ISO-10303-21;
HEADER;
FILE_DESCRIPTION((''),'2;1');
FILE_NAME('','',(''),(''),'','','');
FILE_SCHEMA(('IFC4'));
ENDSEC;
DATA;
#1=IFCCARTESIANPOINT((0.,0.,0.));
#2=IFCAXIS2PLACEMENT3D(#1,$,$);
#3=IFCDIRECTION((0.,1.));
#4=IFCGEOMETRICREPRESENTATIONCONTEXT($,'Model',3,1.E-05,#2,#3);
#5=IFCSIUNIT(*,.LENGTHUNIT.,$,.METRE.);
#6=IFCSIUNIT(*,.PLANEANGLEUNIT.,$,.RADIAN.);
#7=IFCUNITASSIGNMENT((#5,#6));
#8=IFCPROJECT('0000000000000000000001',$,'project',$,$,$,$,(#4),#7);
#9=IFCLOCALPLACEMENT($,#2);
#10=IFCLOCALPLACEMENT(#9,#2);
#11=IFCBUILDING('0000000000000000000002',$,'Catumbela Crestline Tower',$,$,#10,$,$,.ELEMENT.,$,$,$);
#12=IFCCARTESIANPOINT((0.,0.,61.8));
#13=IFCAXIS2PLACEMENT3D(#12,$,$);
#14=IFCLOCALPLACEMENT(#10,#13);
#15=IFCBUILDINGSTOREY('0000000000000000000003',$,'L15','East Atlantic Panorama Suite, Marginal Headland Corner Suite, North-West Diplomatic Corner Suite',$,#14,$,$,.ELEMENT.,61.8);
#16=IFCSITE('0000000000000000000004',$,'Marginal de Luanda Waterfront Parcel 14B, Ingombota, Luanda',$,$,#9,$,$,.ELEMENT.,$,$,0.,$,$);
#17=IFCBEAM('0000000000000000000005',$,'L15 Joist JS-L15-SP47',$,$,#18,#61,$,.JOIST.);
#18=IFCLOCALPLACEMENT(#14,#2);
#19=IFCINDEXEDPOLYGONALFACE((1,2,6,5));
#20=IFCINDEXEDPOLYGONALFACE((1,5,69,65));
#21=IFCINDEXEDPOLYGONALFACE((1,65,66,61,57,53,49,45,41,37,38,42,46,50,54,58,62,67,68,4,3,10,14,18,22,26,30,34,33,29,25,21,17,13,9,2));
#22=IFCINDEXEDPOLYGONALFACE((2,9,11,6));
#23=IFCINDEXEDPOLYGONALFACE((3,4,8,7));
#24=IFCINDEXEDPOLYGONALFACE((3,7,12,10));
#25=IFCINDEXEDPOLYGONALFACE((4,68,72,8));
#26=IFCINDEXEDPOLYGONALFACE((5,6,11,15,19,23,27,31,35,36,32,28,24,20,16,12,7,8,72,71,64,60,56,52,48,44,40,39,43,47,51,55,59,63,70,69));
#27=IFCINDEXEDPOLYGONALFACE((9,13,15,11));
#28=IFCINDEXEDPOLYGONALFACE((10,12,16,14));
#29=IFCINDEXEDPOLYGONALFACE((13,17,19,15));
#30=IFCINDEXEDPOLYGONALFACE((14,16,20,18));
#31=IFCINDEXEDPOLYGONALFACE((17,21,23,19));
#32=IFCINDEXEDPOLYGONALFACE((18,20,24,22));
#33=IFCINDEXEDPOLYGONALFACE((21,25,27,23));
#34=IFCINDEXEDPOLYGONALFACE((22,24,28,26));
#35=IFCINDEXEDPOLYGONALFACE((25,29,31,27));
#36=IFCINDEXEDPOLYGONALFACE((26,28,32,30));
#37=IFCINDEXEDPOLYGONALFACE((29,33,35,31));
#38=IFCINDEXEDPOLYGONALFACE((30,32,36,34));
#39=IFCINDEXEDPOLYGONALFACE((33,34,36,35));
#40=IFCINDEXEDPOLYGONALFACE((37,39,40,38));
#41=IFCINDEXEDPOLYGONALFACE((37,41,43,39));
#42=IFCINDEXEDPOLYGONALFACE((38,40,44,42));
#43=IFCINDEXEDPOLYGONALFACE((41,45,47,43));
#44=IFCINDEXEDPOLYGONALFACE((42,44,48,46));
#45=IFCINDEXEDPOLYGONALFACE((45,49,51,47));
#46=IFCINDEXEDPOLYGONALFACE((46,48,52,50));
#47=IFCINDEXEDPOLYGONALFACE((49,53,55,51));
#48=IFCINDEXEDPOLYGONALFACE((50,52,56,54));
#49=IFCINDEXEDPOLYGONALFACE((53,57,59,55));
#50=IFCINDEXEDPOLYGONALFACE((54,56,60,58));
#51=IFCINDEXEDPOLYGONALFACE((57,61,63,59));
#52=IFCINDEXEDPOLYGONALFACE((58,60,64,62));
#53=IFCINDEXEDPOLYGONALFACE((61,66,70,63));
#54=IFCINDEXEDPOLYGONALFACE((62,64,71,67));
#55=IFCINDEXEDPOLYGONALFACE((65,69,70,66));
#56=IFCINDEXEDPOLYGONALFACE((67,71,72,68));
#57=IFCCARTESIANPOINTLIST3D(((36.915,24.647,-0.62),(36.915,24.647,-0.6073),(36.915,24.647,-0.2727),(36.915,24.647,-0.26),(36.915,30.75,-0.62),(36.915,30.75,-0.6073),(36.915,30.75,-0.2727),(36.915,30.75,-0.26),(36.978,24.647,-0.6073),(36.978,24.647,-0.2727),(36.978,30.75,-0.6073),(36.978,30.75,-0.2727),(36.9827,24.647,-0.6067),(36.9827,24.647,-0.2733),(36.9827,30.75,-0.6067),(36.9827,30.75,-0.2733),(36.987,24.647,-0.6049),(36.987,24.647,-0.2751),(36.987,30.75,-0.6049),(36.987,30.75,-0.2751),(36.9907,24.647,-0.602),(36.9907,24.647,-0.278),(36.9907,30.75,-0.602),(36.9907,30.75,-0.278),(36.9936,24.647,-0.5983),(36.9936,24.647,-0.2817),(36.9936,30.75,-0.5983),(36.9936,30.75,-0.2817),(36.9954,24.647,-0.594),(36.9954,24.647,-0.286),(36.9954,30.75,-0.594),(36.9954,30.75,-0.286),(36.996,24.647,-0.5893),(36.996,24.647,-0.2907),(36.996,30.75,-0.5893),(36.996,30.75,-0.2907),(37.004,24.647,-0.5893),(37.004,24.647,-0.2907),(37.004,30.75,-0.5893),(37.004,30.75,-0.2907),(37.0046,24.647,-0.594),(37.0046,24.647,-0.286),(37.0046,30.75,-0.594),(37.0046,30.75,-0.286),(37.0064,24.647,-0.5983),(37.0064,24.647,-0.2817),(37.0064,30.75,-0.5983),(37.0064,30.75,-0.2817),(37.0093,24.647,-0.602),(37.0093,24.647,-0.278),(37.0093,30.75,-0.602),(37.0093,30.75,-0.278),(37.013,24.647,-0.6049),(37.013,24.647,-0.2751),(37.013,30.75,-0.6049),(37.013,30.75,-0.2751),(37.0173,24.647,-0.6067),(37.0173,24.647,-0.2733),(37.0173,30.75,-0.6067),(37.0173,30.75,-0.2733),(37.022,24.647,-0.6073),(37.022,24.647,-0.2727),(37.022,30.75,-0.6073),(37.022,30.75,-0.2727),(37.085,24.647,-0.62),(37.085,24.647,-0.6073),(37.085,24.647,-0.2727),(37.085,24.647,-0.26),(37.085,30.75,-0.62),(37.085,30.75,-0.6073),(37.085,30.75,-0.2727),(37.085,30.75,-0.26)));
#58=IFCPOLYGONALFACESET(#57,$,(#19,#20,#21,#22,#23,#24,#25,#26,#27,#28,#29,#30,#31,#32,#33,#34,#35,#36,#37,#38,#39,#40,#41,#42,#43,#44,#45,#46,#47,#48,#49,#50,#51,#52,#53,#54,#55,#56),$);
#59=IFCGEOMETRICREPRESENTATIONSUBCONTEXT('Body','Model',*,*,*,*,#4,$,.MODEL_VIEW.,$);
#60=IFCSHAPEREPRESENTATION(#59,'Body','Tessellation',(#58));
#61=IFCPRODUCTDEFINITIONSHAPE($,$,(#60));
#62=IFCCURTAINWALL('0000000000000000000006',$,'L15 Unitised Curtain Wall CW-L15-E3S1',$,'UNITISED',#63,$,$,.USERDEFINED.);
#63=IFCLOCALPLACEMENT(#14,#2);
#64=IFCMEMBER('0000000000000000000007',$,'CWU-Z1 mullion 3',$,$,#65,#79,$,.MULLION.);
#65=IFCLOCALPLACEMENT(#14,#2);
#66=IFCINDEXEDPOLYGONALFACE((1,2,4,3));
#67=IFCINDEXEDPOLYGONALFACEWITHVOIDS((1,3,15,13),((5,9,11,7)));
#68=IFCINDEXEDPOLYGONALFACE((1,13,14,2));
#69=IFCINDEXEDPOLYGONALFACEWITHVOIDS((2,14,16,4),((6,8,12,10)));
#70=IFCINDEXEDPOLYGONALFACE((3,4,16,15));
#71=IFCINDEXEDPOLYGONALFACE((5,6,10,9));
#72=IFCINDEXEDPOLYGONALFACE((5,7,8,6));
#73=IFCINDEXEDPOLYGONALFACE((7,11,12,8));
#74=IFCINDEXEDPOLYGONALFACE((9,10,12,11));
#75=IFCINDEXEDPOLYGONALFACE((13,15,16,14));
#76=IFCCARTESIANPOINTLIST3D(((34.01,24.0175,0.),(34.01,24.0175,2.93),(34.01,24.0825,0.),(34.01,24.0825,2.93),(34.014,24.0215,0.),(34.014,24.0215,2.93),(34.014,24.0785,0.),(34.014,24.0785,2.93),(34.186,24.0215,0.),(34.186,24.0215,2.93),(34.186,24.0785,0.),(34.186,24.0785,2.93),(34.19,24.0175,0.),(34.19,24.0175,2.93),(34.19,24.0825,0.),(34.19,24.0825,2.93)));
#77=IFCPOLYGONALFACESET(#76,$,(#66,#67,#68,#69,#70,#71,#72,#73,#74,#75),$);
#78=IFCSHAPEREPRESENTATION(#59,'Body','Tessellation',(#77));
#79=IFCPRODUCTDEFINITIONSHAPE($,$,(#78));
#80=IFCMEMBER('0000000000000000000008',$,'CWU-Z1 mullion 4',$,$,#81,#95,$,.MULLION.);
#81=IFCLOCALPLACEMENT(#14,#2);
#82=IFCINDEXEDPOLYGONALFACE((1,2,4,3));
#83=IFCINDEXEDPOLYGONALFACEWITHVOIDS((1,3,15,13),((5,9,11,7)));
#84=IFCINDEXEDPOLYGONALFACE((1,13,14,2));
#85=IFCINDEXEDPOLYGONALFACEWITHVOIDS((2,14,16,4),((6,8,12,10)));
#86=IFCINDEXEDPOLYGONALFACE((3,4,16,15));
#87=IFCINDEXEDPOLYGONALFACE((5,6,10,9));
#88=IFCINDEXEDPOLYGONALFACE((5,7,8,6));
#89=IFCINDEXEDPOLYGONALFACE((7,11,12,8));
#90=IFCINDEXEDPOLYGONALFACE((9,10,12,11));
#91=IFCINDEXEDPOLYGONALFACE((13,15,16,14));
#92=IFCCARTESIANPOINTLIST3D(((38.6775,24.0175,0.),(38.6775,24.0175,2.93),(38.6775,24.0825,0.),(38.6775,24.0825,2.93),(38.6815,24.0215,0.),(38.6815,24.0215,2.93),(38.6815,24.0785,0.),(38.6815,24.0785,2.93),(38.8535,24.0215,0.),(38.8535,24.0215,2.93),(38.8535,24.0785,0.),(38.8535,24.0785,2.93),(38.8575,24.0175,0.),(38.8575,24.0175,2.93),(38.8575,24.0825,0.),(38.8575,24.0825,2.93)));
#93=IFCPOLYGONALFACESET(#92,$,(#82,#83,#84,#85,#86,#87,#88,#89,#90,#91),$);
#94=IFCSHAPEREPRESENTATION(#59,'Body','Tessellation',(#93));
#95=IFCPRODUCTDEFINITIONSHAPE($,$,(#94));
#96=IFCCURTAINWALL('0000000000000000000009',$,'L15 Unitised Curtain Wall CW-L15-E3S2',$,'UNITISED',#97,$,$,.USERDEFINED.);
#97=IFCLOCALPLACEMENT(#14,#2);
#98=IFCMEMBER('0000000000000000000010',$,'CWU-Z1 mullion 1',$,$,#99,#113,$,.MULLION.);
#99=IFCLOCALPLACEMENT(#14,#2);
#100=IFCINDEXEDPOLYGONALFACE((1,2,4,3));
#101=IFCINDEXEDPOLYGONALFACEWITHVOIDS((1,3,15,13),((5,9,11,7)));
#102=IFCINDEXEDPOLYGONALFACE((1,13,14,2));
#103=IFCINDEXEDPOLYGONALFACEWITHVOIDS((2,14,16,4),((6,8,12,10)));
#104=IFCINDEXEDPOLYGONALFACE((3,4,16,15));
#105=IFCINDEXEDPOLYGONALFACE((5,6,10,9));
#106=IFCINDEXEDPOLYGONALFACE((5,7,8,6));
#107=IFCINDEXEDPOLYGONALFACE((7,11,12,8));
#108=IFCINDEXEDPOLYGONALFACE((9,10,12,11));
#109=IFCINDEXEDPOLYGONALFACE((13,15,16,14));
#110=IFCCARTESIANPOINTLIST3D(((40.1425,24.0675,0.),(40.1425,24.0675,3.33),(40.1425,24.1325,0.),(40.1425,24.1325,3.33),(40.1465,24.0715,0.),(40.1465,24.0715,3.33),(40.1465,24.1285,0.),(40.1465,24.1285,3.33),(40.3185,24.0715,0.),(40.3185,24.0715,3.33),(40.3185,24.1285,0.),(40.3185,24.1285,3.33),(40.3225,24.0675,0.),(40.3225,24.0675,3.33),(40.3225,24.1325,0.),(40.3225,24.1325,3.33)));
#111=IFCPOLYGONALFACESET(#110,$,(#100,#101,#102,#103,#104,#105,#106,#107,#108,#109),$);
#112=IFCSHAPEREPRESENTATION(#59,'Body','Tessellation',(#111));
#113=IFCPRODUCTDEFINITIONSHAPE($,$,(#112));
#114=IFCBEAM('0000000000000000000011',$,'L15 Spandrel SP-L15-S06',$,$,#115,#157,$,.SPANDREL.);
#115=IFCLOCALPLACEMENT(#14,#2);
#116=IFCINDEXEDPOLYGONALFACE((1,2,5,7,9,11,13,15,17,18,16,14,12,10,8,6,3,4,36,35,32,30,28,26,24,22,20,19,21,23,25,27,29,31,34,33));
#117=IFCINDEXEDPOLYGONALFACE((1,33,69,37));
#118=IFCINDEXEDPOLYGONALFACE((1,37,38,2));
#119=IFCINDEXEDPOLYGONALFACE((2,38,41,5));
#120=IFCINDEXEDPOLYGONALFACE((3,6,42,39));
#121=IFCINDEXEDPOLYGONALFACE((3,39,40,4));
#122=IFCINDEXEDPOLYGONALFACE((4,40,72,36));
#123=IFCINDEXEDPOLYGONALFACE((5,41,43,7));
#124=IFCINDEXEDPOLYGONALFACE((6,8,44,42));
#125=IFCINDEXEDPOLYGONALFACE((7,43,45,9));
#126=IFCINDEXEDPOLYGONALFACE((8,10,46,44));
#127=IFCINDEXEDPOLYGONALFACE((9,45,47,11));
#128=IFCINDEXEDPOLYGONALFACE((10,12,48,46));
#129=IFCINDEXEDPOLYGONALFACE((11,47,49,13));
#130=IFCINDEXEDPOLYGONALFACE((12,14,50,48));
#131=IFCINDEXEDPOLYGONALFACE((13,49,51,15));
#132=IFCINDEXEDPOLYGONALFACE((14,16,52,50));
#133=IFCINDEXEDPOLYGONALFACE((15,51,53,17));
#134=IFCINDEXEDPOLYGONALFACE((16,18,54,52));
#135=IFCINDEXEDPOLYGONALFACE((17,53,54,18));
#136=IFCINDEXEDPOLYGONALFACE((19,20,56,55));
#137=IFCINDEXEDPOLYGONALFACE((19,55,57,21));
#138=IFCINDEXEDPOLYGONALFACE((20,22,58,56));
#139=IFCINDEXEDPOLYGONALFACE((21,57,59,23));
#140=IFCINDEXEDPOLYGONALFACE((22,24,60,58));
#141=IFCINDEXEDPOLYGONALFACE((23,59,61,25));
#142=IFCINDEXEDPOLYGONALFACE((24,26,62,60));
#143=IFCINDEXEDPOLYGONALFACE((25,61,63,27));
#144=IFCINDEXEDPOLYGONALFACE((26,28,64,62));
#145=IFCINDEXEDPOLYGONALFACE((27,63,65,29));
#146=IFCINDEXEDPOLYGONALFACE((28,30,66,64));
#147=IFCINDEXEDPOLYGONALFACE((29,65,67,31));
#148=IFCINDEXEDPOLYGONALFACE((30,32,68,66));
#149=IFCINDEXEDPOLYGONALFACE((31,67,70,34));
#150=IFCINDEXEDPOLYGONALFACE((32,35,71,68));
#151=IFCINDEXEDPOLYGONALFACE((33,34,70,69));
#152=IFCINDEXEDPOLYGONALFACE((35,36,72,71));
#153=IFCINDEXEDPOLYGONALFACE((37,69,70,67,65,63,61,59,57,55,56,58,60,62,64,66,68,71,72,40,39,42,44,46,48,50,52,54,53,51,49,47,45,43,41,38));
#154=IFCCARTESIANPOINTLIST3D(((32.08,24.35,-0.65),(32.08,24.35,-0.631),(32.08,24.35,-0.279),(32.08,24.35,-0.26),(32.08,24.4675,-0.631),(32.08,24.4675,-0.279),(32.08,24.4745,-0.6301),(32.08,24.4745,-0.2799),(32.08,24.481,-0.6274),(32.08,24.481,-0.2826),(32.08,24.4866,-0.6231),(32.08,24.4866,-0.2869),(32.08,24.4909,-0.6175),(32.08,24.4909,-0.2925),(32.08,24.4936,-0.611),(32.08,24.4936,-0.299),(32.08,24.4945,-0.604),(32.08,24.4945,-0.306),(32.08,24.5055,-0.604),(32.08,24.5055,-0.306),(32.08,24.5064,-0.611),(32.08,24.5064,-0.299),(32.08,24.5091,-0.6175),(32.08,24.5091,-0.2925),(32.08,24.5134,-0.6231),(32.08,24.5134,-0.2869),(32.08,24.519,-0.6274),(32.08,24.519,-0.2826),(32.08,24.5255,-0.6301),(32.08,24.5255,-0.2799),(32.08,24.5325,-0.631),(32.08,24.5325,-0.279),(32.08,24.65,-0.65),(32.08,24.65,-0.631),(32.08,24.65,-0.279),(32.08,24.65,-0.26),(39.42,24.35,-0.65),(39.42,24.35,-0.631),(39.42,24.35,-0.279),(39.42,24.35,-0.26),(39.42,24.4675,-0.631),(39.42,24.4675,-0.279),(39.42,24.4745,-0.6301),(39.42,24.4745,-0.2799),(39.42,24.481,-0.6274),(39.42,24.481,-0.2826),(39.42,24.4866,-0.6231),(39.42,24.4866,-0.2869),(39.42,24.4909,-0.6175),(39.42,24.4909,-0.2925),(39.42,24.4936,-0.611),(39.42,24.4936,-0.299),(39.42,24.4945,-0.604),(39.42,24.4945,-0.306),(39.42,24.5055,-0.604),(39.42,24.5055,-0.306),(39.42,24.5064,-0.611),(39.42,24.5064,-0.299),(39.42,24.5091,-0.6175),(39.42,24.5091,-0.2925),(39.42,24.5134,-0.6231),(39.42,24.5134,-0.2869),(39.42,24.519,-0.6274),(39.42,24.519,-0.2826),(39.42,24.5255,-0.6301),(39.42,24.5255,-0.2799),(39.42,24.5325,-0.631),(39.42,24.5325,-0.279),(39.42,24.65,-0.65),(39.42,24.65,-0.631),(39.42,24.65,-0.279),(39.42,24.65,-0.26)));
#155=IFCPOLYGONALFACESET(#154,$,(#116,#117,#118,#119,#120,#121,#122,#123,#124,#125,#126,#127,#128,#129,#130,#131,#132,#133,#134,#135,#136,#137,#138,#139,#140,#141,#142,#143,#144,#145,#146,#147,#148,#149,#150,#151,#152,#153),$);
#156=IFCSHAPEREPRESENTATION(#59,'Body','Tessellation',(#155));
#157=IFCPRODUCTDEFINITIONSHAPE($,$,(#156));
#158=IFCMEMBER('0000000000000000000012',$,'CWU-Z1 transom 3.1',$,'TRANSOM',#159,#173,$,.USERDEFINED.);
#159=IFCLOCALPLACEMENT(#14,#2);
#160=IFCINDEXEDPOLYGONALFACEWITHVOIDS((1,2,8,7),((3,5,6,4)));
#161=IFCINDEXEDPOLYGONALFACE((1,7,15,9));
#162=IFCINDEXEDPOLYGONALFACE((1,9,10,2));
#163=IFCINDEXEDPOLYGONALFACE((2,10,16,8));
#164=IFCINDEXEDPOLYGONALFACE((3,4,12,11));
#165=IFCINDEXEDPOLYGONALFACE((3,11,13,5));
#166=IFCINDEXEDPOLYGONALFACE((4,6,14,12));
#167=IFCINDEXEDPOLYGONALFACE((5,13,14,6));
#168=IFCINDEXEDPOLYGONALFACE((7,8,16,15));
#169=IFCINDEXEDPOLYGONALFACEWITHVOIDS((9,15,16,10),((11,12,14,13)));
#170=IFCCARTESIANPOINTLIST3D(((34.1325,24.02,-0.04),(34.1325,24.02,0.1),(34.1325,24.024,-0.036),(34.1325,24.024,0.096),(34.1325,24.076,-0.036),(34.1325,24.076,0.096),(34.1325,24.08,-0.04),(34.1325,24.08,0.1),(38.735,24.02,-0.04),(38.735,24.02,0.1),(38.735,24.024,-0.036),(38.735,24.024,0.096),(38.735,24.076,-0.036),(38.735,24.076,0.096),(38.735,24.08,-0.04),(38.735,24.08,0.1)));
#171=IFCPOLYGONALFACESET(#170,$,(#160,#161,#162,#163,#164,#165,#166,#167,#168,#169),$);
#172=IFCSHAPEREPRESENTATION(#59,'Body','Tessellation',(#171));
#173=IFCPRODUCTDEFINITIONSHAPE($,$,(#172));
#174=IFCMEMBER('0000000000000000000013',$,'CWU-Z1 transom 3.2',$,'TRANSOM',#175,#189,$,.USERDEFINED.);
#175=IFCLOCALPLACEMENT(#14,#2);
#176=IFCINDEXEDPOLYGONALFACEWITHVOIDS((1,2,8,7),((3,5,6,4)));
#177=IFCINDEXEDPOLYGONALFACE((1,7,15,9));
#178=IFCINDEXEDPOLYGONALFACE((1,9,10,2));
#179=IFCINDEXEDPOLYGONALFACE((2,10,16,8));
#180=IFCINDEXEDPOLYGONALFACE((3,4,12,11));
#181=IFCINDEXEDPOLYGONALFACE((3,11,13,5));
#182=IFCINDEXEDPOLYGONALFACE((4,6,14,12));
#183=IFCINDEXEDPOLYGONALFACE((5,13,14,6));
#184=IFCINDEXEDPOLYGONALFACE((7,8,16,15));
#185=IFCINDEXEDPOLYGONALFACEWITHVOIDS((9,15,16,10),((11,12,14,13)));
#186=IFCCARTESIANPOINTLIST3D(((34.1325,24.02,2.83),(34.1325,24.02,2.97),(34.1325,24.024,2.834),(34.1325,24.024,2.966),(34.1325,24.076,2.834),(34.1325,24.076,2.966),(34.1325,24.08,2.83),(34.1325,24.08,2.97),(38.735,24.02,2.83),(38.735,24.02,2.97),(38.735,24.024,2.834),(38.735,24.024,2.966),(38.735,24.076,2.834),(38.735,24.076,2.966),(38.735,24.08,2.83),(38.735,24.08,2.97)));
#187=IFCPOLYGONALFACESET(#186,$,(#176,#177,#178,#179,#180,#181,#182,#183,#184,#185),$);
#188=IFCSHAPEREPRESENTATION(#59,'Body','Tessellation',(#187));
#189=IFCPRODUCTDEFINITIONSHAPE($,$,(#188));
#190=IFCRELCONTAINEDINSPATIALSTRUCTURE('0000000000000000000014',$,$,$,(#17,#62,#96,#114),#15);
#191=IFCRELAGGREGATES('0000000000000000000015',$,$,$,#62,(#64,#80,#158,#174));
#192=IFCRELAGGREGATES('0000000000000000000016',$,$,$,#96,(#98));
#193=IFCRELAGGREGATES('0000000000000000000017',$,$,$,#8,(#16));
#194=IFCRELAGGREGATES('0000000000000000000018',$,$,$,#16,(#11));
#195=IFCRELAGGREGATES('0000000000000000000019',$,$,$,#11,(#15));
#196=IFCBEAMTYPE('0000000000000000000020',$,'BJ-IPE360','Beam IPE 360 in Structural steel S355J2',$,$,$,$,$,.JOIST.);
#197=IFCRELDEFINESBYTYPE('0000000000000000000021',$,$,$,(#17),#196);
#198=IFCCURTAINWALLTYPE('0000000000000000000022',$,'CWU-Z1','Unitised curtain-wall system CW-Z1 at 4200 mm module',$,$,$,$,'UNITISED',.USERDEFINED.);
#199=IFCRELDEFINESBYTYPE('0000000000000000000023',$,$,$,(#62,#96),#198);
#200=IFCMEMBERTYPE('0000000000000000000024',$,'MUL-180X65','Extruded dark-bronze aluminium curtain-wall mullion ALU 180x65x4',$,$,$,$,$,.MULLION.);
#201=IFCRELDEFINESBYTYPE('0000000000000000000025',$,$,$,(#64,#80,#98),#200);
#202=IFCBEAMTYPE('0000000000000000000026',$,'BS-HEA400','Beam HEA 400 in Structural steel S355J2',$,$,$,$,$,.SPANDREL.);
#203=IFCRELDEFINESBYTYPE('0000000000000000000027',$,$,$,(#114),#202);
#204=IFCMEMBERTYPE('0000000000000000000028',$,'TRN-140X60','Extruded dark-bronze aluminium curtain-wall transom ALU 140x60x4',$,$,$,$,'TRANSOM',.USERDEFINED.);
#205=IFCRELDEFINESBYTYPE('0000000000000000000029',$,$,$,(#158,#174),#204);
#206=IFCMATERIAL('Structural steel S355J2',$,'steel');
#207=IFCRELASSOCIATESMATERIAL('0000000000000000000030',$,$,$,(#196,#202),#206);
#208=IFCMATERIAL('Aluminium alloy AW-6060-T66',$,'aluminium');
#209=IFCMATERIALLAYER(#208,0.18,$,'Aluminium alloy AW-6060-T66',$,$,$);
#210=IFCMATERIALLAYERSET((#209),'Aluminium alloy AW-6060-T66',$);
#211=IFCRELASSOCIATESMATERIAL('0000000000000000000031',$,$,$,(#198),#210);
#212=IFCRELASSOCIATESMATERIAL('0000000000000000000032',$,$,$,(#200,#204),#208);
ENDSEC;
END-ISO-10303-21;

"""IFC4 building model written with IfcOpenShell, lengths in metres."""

from ifc_helpers import new_model, si_unit, direction, frame, origin, origin_2d, place, context, subcontext, project, spatial, hollow_rectangle, i_section, extrude, material, layer, layer_set, material_profile, profile_set, type_object, element, aggregate, save


model = new_model("IFC4")

# Units and contexts
model_context = context("Model", 3, precision=1e-05, world=origin(), true_north=direction((0.0, 1.0)))
body_context = subcontext(model_context, "Body", "Model", "MODEL_VIEW")
ifc_project = project(units=[si_unit("LENGTHUNIT", "METRE"), si_unit("PLANEANGLEUNIT", "RADIAN")], contexts=[model_context])

# Site, building, storey
site_placement = place(None, origin())
site = spatial("IfcSite", under=ifc_project, at=site_placement, Name="Marginal de Luanda Waterfront Parcel 14B, Ingombota, Luanda", CompositionType="ELEMENT", RefElevation=0.0)
building_placement = place(site_placement, origin())
building = spatial("IfcBuilding", under=site, at=building_placement, Name="Catumbela Crestline Tower", CompositionType="ELEMENT")
storey_placement = place(building_placement, frame((0.0, 0.0, 61.8)))
storey = spatial("IfcBuildingStorey", under=building, at=storey_placement, Name="L15", Description="East Atlantic Panorama Suite, Marginal Headland Corner Suite, North-West Diplomatic Corner Suite", CompositionType="ELEMENT", Elevation=61.8)

# Beam
ifc_material_1 = material(Name="Structural steel S355J2", Category="steel")
ifc_material_profile_1 = material_profile(ifc_material_1, i_section(OverallWidth=0.17, OverallDepth=0.36, WebThickness=0.008, FlangeThickness=0.0127, FilletRadius=0.018, at=origin_2d()), Name="IPE 360")
ifc_profile_set_1 = profile_set([ifc_material_profile_1], Name="Structural steel S355J2")
beam_type_1 = type_object("IfcBeamType", Name="BJ-IPE360", Description="Beam IPE 360 in Structural steel S355J2", PredefinedType="JOIST", material=ifc_profile_set_1)
for number, where, z_axis, x_axis, name in (
    (1, (37.0, 24.647, -0.44), (0.0, 1.0, 0.0), (-1.0, 0.0, 0.0), "L15 Joist JS-L15-SP47"),
):
    element("IfcBeam", number, at=place(storey_placement, frame(where, z_axis=z_axis, x_axis=x_axis)), inside=storey, type_object=beam_type_1, Name=name, PredefinedType="JOIST", context=body_context, shape_type="SweptSolid", body=[
        extrude(i_section(OverallWidth=0.17, OverallDepth=0.36, WebThickness=0.008, FlangeThickness=0.0127, FilletRadius=0.018, at=origin_2d()), origin(), (0.0, 0.0, 1.0), 6.103),
    ])

# Curtain wall, members
ifc_material_2 = material(Name="Aluminium alloy AW-6060-T66", Category="aluminium")
ifc_layer_1 = layer(ifc_material_2, 0.18, Name="Aluminium alloy AW-6060-T66")
ifc_layer_set_1 = layer_set([ifc_layer_1], Name="Aluminium alloy AW-6060-T66")
curtain_wall_type = type_object("IfcCurtainWallType", Name="CWU-Z1", Description="Unitised curtain-wall system CW-Z1 at 4200 mm module", ElementType="UNITISED", PredefinedType="USERDEFINED", material=ifc_layer_set_1)
curtain_wall_1_placement = place(storey_placement, origin())
curtain_wall_1 = element("IfcCurtainWall", 2, at=curtain_wall_1_placement, inside=storey, type_object=curtain_wall_type, Name="L15 Unitised Curtain Wall CW-L15-E3S1", ObjectType="UNITISED", PredefinedType="USERDEFINED")
ifc_material_profile_2 = material_profile(ifc_material_2, hollow_rectangle(XDim=0.065, YDim=0.18, WallThickness=0.004, at=origin_2d()), Name="ALU 180x65x4")
ifc_profile_set_2 = profile_set([ifc_material_profile_2], Name="Aluminium alloy AW-6060-T66")
member_type_1 = type_object("IfcMemberType", Name="MUL-180X65", Description="Extruded dark-bronze aluminium curtain-wall mullion ALU 180x65x4", PredefinedType="MULLION", material=ifc_profile_set_2)
member_1_placement = place(storey_placement, frame((34.1, 24.05, 0.0), z_axis=(0.0, 0.0, 1.0), x_axis=(0.0, 1.0, 0.0)))
member_1 = element("IfcMember", 3, at=member_1_placement, type_object=member_type_1, Name="CWU-Z1 mullion 3", PredefinedType="MULLION", context=body_context, shape_type="SweptSolid", body=[
    extrude(hollow_rectangle(XDim=0.065, YDim=0.18, WallThickness=0.004, at=origin_2d()), origin(), (0.0, 0.0, 1.0), 2.93),
])
member_2_placement = place(storey_placement, frame((38.7675, 24.05, 0.0), z_axis=(0.0, 0.0, 1.0), x_axis=(0.0, 1.0, 0.0)))
member_2 = element("IfcMember", 4, at=member_2_placement, type_object=member_type_1, Name="CWU-Z1 mullion 4", PredefinedType="MULLION", context=body_context, shape_type="SweptSolid", body=[
    extrude(hollow_rectangle(XDim=0.065, YDim=0.18, WallThickness=0.004, at=origin_2d()), origin(), (0.0, 0.0, 1.0), 2.93),
])

# Curtain wall, member
curtain_wall_2_placement = place(storey_placement, origin())
curtain_wall_2 = element("IfcCurtainWall", 5, at=curtain_wall_2_placement, inside=storey, type_object=curtain_wall_type, Name="L15 Unitised Curtain Wall CW-L15-E3S2", ObjectType="UNITISED", PredefinedType="USERDEFINED")
member_3_placement = place(storey_placement, frame((40.2325, 24.1, 0.0), z_axis=(0.0, 0.0, 1.0), x_axis=(0.0, 1.0, 0.0)))
member_3 = element("IfcMember", 6, at=member_3_placement, type_object=member_type_1, Name="CWU-Z1 mullion 1", PredefinedType="MULLION", context=body_context, shape_type="SweptSolid", body=[
    extrude(hollow_rectangle(XDim=0.065, YDim=0.18, WallThickness=0.004, at=origin_2d()), origin(), (0.0, 0.0, 1.0), 3.33),
])

# Beam
ifc_material_profile_3 = material_profile(ifc_material_1, i_section(OverallWidth=0.3, OverallDepth=0.39, WebThickness=0.011, FlangeThickness=0.019, FilletRadius=0.027, at=origin_2d()), Name="HEA 400")
ifc_profile_set_3 = profile_set([ifc_material_profile_3], Name="Structural steel S355J2")
beam_type_2 = type_object("IfcBeamType", Name="BS-HEA400", Description="Beam HEA 400 in Structural steel S355J2", PredefinedType="SPANDREL", material=ifc_profile_set_3)
beam_1_placement = place(storey_placement, frame((32.08, 24.5, -0.455), z_axis=(1.0, 0.0, 0.0), x_axis=(0.0, 1.0, 0.0)))
element("IfcBeam", 7, at=beam_1_placement, inside=storey, type_object=beam_type_2, Name="L15 Spandrel SP-L15-S06", PredefinedType="SPANDREL", context=body_context, shape_type="SweptSolid", body=[
    extrude(i_section(OverallWidth=0.3, OverallDepth=0.39, WebThickness=0.011, FlangeThickness=0.019, FilletRadius=0.027, at=origin_2d()), origin(), (0.0, 0.0, 1.0), 7.34),
])

# Members
ifc_material_profile_4 = material_profile(ifc_material_2, hollow_rectangle(XDim=0.06, YDim=0.14, WallThickness=0.004, at=origin_2d()), Name="ALU 140x60x4")
ifc_profile_set_4 = profile_set([ifc_material_profile_4], Name="Aluminium alloy AW-6060-T66")
member_type_2 = type_object("IfcMemberType", Name="TRN-140X60", Description="Extruded dark-bronze aluminium curtain-wall transom ALU 140x60x4", ElementType="TRANSOM", PredefinedType="USERDEFINED", material=ifc_profile_set_4)
member_4_placement = place(storey_placement, frame((34.1325, 24.05, 0.03), z_axis=(1.0, 0.0, 0.0), x_axis=(0.0, 1.0, 0.0)))
member_4 = element("IfcMember", 8, at=member_4_placement, type_object=member_type_2, Name="CWU-Z1 transom 3.1", ObjectType="TRANSOM", PredefinedType="USERDEFINED", context=body_context, shape_type="SweptSolid", body=[
    extrude(hollow_rectangle(XDim=0.06, YDim=0.14, WallThickness=0.004, at=origin_2d()), origin(), (0.0, 0.0, 1.0), 4.6025),
])
member_5_placement = place(storey_placement, frame((34.1325, 24.05, 2.9), z_axis=(1.0, 0.0, 0.0), x_axis=(0.0, 1.0, 0.0)))
member_5 = element("IfcMember", 9, at=member_5_placement, type_object=member_type_2, Name="CWU-Z1 transom 3.2", ObjectType="TRANSOM", PredefinedType="USERDEFINED", context=body_context, shape_type="SweptSolid", body=[
    extrude(hollow_rectangle(XDim=0.06, YDim=0.14, WallThickness=0.004, at=origin_2d()), origin(), (0.0, 0.0, 1.0), 4.6025),
])

aggregate(curtain_wall_1, [member_1, member_2, member_4, member_5])
aggregate(curtain_wall_2, [member_3])

save(model, "model.ifc")
